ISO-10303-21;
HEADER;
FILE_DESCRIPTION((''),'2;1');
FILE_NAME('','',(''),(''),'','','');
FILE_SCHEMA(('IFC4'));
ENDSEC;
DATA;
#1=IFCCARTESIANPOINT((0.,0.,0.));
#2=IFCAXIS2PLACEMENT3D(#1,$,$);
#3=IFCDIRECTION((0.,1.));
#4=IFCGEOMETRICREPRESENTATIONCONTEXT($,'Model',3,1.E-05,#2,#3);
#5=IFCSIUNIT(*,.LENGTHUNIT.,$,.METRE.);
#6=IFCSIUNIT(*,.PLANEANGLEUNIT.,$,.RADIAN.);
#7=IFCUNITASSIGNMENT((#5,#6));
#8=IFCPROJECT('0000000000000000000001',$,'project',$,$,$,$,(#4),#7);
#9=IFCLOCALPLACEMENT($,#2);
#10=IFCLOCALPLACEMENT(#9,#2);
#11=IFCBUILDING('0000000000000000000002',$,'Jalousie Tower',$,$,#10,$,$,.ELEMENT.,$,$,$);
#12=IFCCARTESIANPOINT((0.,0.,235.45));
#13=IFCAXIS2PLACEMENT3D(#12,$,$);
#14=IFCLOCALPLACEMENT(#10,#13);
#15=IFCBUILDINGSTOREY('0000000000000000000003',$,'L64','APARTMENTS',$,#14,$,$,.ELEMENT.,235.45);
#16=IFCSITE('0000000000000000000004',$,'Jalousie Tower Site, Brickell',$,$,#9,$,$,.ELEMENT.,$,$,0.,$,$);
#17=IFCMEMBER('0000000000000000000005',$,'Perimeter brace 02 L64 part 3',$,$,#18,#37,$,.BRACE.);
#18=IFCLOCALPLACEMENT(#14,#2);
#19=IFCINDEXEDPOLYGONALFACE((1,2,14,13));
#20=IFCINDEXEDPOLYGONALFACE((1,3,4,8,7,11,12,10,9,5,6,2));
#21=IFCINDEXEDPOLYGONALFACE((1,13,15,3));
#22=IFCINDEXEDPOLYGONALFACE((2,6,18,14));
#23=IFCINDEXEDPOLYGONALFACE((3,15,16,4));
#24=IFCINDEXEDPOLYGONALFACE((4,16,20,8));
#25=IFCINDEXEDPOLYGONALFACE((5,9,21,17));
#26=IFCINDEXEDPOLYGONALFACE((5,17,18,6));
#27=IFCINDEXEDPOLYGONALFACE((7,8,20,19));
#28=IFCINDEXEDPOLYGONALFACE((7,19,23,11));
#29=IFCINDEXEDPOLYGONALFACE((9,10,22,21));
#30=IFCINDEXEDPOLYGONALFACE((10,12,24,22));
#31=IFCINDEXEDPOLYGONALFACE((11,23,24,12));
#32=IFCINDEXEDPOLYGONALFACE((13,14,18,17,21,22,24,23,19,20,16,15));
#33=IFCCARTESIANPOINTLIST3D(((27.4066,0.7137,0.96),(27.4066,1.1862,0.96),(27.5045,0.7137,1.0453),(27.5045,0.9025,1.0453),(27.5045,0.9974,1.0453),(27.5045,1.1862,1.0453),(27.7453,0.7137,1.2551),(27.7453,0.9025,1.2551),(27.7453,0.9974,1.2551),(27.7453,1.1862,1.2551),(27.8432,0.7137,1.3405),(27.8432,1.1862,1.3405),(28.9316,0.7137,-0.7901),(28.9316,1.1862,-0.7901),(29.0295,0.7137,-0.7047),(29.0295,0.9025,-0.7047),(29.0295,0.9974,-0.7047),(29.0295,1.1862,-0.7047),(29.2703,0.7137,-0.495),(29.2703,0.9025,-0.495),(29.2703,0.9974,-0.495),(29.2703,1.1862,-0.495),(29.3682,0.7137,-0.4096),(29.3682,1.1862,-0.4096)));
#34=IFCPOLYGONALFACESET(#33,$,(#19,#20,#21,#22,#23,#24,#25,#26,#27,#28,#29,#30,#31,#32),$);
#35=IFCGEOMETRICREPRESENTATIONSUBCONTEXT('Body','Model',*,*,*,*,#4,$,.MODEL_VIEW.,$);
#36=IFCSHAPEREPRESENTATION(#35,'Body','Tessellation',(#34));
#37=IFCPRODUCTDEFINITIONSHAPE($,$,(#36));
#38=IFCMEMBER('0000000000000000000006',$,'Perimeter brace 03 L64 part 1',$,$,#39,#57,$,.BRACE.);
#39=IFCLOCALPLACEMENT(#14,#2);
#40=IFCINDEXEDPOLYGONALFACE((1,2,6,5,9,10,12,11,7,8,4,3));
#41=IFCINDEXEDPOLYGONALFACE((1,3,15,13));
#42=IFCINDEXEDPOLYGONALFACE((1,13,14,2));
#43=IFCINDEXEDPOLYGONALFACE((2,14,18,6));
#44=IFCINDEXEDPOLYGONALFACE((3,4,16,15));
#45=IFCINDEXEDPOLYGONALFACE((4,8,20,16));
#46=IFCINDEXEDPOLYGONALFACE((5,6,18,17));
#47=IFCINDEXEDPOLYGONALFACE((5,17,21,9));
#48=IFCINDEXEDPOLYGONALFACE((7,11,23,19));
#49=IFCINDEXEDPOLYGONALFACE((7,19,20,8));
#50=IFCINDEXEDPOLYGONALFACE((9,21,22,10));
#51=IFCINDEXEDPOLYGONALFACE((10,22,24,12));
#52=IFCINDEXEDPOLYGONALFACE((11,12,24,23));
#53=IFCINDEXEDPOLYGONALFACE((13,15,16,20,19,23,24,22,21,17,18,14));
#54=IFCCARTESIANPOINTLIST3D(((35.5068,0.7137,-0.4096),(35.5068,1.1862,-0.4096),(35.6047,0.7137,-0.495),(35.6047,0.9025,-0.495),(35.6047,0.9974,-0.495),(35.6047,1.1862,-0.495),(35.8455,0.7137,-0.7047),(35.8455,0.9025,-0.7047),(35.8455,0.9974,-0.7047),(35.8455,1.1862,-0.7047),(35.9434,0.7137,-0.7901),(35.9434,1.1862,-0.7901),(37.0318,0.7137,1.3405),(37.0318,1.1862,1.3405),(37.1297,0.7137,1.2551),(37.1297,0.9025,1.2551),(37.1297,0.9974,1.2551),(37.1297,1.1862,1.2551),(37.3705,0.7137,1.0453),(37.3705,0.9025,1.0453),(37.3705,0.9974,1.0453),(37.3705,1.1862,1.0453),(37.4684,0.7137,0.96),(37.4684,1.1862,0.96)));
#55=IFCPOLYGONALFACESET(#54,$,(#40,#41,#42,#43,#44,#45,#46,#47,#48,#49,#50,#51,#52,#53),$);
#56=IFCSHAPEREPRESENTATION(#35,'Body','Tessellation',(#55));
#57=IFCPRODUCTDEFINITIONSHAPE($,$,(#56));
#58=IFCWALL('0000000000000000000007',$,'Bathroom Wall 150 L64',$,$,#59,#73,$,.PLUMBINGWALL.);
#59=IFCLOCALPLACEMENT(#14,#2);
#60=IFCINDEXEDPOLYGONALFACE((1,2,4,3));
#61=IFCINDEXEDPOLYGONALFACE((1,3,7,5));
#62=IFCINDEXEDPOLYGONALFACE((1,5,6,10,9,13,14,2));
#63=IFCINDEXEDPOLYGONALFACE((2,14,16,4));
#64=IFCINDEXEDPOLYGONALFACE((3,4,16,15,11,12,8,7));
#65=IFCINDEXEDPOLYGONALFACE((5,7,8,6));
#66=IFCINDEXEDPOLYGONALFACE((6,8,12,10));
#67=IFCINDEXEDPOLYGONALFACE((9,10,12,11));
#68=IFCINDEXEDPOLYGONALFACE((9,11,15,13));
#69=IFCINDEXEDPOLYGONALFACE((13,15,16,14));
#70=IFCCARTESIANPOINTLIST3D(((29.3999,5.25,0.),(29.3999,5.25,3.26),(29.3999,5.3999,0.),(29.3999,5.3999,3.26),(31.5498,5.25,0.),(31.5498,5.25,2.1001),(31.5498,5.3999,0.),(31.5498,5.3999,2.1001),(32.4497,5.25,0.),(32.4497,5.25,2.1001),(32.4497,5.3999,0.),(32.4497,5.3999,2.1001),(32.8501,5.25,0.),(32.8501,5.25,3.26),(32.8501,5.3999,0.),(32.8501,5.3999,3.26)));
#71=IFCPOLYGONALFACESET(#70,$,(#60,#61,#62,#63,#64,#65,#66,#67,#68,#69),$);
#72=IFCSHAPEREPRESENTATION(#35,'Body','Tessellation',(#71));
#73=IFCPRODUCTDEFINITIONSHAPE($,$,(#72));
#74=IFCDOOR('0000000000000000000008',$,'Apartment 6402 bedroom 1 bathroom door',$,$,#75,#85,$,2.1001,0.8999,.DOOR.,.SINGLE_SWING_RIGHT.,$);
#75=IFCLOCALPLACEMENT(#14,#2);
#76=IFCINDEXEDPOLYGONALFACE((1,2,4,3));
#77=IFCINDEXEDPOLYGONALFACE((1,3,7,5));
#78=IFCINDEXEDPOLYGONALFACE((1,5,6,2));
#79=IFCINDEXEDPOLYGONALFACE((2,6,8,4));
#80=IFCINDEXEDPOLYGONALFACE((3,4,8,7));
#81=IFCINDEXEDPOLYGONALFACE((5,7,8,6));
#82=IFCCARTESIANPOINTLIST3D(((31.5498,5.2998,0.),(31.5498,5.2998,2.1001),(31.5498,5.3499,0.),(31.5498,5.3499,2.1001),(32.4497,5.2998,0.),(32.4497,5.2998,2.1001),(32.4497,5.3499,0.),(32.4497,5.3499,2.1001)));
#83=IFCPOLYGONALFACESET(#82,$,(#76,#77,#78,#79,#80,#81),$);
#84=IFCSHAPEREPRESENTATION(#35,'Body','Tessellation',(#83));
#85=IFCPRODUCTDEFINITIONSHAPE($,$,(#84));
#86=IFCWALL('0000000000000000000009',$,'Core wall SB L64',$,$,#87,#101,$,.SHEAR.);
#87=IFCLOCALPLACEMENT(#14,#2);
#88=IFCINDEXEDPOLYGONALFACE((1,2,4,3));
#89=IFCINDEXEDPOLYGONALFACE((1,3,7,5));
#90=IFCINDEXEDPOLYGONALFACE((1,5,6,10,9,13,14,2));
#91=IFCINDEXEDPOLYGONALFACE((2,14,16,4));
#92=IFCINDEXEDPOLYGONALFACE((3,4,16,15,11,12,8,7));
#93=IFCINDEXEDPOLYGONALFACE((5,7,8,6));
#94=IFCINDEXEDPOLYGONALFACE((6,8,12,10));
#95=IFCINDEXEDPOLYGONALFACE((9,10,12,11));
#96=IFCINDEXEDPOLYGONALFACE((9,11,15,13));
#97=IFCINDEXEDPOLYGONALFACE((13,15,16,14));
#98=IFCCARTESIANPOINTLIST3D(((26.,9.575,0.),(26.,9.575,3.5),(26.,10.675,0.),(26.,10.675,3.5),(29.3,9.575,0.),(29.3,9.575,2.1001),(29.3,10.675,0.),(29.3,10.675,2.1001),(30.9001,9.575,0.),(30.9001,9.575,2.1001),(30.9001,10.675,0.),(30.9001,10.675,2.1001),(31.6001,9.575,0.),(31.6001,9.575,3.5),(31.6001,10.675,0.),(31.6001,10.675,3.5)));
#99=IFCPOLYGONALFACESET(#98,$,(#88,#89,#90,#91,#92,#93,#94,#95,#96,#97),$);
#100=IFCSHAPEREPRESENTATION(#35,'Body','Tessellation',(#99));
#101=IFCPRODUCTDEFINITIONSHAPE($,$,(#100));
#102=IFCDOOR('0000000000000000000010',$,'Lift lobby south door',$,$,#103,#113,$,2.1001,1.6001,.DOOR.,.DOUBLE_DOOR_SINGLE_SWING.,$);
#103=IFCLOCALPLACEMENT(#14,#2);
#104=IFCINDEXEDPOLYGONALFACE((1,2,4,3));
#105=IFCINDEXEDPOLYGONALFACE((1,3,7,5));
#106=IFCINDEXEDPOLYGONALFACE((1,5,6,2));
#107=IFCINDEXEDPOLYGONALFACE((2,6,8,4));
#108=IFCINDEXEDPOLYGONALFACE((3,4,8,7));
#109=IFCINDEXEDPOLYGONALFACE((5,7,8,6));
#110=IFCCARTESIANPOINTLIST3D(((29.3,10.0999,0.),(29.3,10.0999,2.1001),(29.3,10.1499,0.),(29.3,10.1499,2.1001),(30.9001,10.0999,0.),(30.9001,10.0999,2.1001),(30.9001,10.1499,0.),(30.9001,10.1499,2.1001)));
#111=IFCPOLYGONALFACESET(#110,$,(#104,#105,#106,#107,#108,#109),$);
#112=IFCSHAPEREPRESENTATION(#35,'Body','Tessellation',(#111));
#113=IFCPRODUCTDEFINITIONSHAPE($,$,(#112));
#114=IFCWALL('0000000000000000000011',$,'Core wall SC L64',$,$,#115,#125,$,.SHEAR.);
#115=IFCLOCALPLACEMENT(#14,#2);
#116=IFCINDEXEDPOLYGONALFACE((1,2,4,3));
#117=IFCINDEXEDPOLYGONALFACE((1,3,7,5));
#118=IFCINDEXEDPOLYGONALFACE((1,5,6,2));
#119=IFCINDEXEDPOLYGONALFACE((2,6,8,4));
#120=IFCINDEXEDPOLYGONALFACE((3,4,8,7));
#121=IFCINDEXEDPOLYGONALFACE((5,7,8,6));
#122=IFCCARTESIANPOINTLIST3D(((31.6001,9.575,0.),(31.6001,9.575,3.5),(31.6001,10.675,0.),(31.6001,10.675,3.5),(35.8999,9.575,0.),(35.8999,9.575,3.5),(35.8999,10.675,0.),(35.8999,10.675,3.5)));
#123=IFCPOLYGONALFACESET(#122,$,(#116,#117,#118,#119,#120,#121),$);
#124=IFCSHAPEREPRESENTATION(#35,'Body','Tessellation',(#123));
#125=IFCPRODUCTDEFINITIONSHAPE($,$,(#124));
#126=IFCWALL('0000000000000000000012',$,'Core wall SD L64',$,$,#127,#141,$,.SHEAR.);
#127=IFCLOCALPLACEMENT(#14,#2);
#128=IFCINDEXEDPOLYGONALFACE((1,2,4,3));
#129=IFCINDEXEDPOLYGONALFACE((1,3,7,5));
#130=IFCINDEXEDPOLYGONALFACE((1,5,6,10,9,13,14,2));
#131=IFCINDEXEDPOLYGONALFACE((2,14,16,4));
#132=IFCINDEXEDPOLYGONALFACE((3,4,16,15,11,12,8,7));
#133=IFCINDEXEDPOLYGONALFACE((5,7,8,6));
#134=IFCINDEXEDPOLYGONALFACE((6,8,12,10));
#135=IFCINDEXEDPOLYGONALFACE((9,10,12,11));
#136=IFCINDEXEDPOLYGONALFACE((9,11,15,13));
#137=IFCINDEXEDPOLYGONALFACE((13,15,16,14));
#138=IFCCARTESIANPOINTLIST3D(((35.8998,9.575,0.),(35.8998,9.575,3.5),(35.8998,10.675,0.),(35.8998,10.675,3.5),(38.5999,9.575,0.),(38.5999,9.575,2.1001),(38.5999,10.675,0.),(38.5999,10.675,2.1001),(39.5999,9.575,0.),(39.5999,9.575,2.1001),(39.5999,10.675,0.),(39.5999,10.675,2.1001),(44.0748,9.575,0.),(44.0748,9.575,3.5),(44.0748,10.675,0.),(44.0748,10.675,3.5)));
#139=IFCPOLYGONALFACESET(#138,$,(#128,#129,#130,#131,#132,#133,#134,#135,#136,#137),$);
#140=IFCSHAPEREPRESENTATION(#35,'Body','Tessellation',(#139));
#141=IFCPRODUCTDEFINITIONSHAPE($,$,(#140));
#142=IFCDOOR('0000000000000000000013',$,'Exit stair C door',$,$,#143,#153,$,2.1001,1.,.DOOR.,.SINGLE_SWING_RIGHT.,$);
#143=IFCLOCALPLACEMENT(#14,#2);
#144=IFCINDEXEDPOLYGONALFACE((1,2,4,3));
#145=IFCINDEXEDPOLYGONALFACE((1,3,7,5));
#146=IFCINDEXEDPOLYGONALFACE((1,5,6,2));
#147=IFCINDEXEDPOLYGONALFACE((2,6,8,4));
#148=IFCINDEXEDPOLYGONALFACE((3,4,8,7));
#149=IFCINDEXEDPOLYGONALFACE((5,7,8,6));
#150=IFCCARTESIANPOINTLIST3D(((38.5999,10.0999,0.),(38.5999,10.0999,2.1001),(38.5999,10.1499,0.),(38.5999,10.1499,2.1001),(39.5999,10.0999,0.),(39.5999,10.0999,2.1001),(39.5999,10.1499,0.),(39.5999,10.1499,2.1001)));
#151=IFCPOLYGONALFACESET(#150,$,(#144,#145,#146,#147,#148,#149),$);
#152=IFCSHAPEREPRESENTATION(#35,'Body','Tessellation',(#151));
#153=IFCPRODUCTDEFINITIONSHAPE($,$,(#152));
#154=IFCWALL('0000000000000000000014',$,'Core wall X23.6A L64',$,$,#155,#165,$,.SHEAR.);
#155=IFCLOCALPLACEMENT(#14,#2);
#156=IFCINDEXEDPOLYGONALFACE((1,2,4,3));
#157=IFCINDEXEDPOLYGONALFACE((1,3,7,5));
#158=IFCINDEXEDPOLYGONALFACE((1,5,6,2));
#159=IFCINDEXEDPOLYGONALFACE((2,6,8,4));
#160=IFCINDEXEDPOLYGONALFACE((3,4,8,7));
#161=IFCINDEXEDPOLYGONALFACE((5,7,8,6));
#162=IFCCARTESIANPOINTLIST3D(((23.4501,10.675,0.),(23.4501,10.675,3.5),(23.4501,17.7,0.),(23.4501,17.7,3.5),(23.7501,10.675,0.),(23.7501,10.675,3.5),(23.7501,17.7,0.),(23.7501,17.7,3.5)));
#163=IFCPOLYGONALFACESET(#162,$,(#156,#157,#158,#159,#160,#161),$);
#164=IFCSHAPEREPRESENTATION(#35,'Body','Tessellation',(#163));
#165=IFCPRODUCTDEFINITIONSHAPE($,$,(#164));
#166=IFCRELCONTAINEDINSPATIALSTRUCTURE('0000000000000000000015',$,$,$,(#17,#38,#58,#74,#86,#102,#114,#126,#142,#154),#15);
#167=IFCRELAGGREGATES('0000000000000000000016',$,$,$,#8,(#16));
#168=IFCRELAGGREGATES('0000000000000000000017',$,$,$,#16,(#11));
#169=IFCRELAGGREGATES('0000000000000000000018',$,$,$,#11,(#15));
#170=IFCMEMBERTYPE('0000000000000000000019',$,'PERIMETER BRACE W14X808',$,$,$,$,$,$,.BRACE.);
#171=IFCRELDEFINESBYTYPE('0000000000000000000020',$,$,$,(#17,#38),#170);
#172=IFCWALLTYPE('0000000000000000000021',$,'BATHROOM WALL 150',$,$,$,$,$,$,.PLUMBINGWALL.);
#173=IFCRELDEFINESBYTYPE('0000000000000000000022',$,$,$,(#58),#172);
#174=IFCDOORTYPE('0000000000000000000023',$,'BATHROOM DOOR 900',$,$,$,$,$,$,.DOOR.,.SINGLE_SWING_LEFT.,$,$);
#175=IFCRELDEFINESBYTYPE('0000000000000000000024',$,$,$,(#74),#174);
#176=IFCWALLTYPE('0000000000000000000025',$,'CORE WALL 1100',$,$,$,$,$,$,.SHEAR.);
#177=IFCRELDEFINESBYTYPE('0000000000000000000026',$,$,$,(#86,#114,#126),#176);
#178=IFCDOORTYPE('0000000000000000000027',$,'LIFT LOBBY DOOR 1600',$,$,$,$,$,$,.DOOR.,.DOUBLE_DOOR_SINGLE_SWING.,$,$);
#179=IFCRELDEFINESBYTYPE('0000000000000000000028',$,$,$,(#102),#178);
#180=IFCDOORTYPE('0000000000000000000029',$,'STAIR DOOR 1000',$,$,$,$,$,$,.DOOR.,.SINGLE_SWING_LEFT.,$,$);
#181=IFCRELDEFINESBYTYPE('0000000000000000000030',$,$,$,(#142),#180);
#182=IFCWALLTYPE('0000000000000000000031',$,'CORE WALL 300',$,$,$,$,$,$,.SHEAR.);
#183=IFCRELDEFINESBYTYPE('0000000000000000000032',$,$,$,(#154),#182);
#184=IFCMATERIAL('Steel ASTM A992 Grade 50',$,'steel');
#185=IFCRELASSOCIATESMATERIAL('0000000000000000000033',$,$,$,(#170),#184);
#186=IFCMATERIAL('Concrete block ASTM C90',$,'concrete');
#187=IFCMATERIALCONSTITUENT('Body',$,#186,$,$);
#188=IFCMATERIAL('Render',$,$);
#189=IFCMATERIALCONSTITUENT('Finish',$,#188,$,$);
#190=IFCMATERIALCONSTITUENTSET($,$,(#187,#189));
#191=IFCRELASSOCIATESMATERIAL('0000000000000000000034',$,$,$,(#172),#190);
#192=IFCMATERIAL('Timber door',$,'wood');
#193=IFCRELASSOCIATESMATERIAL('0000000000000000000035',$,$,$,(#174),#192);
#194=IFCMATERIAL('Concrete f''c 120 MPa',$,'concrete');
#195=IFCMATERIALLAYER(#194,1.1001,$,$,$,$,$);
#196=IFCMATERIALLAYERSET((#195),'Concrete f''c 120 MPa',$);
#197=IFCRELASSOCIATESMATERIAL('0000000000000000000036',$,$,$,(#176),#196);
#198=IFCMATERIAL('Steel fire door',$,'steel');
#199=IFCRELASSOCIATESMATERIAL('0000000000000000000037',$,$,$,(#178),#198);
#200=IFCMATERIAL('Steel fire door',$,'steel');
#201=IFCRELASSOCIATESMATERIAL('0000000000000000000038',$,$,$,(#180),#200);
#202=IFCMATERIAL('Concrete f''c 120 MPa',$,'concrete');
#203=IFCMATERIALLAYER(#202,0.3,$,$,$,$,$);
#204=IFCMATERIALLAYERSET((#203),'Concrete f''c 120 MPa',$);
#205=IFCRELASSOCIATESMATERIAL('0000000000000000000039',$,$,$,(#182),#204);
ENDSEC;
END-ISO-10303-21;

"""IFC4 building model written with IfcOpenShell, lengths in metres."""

from ifc_helpers import new_model, si_unit, direction, frame, frame_2d, origin, origin_2d, place, context, subcontext, project, spatial, rectangle, i_section, extrude, material, layer, layer_set, constituent, constituent_set, material_profile, profile_set, type_object, element, fill, save


model = new_model("IFC4")

# Units and contexts
model_context = context("Model", 3, precision=1e-05, world=origin(), true_north=direction((0.0, 1.0)))
body_context = subcontext(model_context, "Body", "Model", "MODEL_VIEW")
ifc_project = project(units=[si_unit("LENGTHUNIT", "METRE"), si_unit("PLANEANGLEUNIT", "RADIAN")], contexts=[model_context])

# Site, building, storey
site_placement = place(None, origin())
site = spatial("IfcSite", under=ifc_project, at=site_placement, Name="Jalousie Tower Site, Brickell", CompositionType="ELEMENT", RefElevation=0.0)
building_placement = place(site_placement, origin())
building = spatial("IfcBuilding", under=site, at=building_placement, Name="Jalousie Tower", CompositionType="ELEMENT")
storey_placement = place(building_placement, frame((0.0, 0.0, 235.45)))
storey = spatial("IfcBuildingStorey", under=building, at=storey_placement, Name="L64", Description="APARTMENTS", CompositionType="ELEMENT", Elevation=235.45)

# Members
ifc_material_1 = material(Name="Steel ASTM A992 Grade 50", Category="steel")
ifc_material_profile = material_profile(ifc_material_1, i_section(OverallWidth=0.4724, OverallDepth=0.5791, WebThickness=0.095, FlangeThickness=0.1299, at=origin_2d()), Name="W14X808")
ifc_profile_set = profile_set([ifc_material_profile], Name="Steel ASTM A992 Grade 50")
member_type = type_object("IfcMemberType", Name="PERIMETER BRACE W14X808", PredefinedType="BRACE", material=ifc_profile_set)
for number, where, z_axis, x_axis, name in (
    (1, (29.1499, 0.95, -0.5999), (-0.656954, 0.0, 0.75393), (0.0, -1.0, 0.0), "Perimeter brace 02 L64 part 3"),
    (2, (35.7251, 0.95, -0.5999), (0.656954, 0.0, 0.75393), (0.0, 1.0, 0.0), "Perimeter brace 03 L64 part 1"),
):
    element("IfcMember", number, at=place(storey_placement, frame(where, z_axis=z_axis, x_axis=x_axis)), inside=storey, type_object=member_type, Name=name, PredefinedType="BRACE", context=body_context, shape_type="SweptSolid", body=[
        extrude(i_section(OverallWidth=0.4724, OverallDepth=0.5791, WebThickness=0.095, FlangeThickness=0.1299, at=origin_2d()), origin(), (0.0, 0.0, 1.0), 2.3213),
    ])

# Walls, openings, doors
ifc_material_2 = material(Name="Concrete block ASTM C90", Category="concrete")
ifc_constituent_1 = constituent(ifc_material_2, Name="Body")
ifc_material_3 = material(Name="Render")
ifc_constituent_2 = constituent(ifc_material_3, Name="Finish")
ifc_constituent_set_1 = constituent_set(constituents=[ifc_constituent_1, ifc_constituent_2])
wall_type_1 = type_object("IfcWallType", Name="BATHROOM WALL 150", PredefinedType="PLUMBINGWALL", material=ifc_constituent_set_1)
wall_1_placement = place(storey_placement, frame((29.3999, 5.325, 0.0), z_axis=(0.0, 0.0, 1.0), x_axis=(1.0, 0.0, 0.0)))
wall_1 = element("IfcWall", 3, at=wall_1_placement, inside=storey, type_object=wall_type_1, Name="Bathroom Wall 150 L64", PredefinedType="PLUMBINGWALL", context=body_context, shape_type="SweptSolid", body=[
    extrude(rectangle(XDim=3.4502, YDim=0.1499, at=frame_2d((1.7251, 0.0))), origin(), (0.0, 0.0, 1.0), 3.26),
])
opening_1_placement = place(wall_1_placement, frame((2.1499, 0.0, 0.0)))
opening_1 = element("IfcOpeningElement", 4, at=opening_1_placement, cuts=wall_1, PredefinedType="OPENING", context=body_context, shape_type="SweptSolid", body=[
    extrude(rectangle(XDim=0.8999, YDim=2.1001, at=frame_2d((0.45, 1.05))), frame((0.0, 0.085, 0.0), z_axis=(0.0, -1.0, 0.0), x_axis=(1.0, 0.0, 0.0)), (0.0, 0.0, 1.0), 0.1699),
])
ifc_material_4 = material(Name="Timber door", Category="wood")
door_type_1 = type_object("IfcDoorType", Name="BATHROOM DOOR 900", OperationType="SINGLE_SWING_LEFT", PredefinedType="DOOR", material=ifc_material_4)
door_1_placement = place(opening_1_placement, origin())
door_1 = element("IfcDoor", 5, at=door_1_placement, inside=storey, type_object=door_type_1, Name="Apartment 6402 bedroom 1 bathroom door", OperationType="SINGLE_SWING_RIGHT", OverallHeight=2.1001, OverallWidth=0.8999, PredefinedType="DOOR", context=body_context, shape_type="SweptSolid", body=[
    extrude(rectangle(XDim=0.8999, YDim=2.1001, at=frame_2d((0.45, 1.05))), frame((0.0, 0.0249, 0.0), z_axis=(0.0, -1.0, 0.0), x_axis=(1.0, 0.0, 0.0)), (0.0, 0.0, 1.0), 0.05),
])
fill(opening_1, door_1)
ifc_material_5 = material(Name="Concrete f'c 120 MPa", Category="concrete")
ifc_layer_1 = layer(ifc_material_5, 1.1001)
ifc_layer_set_1 = layer_set([ifc_layer_1], Name="Concrete f'c 120 MPa")
wall_type_2 = type_object("IfcWallType", Name="CORE WALL 1100", PredefinedType="SHEAR", material=ifc_layer_set_1)
wall_2_placement = place(storey_placement, frame((26.0, 10.125, 0.0), z_axis=(0.0, 0.0, 1.0), x_axis=(1.0, 0.0, 0.0)))
wall_2 = element("IfcWall", 6, at=wall_2_placement, inside=storey, type_object=wall_type_2, Name="Core wall SB L64", PredefinedType="SHEAR", context=body_context, shape_type="SweptSolid", body=[
    extrude(rectangle(XDim=5.6001, YDim=1.1001, at=frame_2d((2.8, 0.0))), origin(), (0.0, 0.0, 1.0), 3.5),
])
opening_2_placement = place(wall_2_placement, frame((3.3, 0.0, 0.0)))
opening_2 = element("IfcOpeningElement", 7, at=opening_2_placement, cuts=wall_2, PredefinedType="OPENING", context=body_context, shape_type="SweptSolid", body=[
    extrude(rectangle(XDim=1.6001, YDim=2.1001, at=frame_2d((0.8, 1.05))), frame((0.0, 0.5601, 0.0), z_axis=(0.0, -1.0, 0.0), x_axis=(1.0, 0.0, 0.0)), (0.0, 0.0, 1.0), 1.1201),
])
ifc_material_6 = material(Name="Steel fire door", Category="steel")
door_type_2 = type_object("IfcDoorType", Name="LIFT LOBBY DOOR 1600", OperationType="DOUBLE_DOOR_SINGLE_SWING", PredefinedType="DOOR", material=ifc_material_6)
door_2_placement = place(opening_2_placement, origin())
door_2 = element("IfcDoor", 8, at=door_2_placement, inside=storey, type_object=door_type_2, Name="Lift lobby south door", OperationType="DOUBLE_DOOR_SINGLE_SWING", OverallHeight=2.1001, OverallWidth=1.6001, PredefinedType="DOOR", context=body_context, shape_type="SweptSolid", body=[
    extrude(rectangle(XDim=1.6001, YDim=2.1001, at=frame_2d((0.8, 1.05))), frame((0.0, 0.0249, 0.0), z_axis=(0.0, -1.0, 0.0), x_axis=(1.0, 0.0, 0.0)), (0.0, 0.0, 1.0), 0.05),
])
fill(opening_2, door_2)

# Wall
wall_3_placement = place(storey_placement, frame((31.6001, 10.125, 0.0), z_axis=(0.0, 0.0, 1.0), x_axis=(1.0, 0.0, 0.0)))
element("IfcWall", 9, at=wall_3_placement, inside=storey, type_object=wall_type_2, Name="Core wall SC L64", PredefinedType="SHEAR", context=body_context, shape_type="SweptSolid", body=[
    extrude(rectangle(XDim=4.2998, YDim=1.1001, at=frame_2d((2.1499, 0.0))), origin(), (0.0, 0.0, 1.0), 3.5),
])

# Wall, opening, door
wall_4_placement = place(storey_placement, frame((35.8999, 10.125, 0.0), z_axis=(0.0, 0.0, 1.0), x_axis=(1.0, 0.0, 0.0)))
wall_4 = element("IfcWall", 10, at=wall_4_placement, inside=storey, type_object=wall_type_2, Name="Core wall SD L64", PredefinedType="SHEAR", context=body_context, shape_type="SweptSolid", body=[
    extrude(rectangle(XDim=8.175, YDim=1.1001, at=frame_2d((4.0874, 0.0))), origin(), (0.0, 0.0, 1.0), 3.5),
])
opening_3_placement = place(wall_4_placement, frame((2.7, 0.0, 0.0)))
opening_3 = element("IfcOpeningElement", 11, at=opening_3_placement, cuts=wall_4, PredefinedType="OPENING", context=body_context, shape_type="SweptSolid", body=[
    extrude(rectangle(XDim=1.0, YDim=2.1001, at=frame_2d((0.5, 1.05))), frame((0.0, 0.5601, 0.0), z_axis=(0.0, -1.0, 0.0), x_axis=(1.0, 0.0, 0.0)), (0.0, 0.0, 1.0), 1.1201),
])
ifc_material_7 = material(Name="Steel fire door", Category="steel")
door_type_3 = type_object("IfcDoorType", Name="STAIR DOOR 1000", OperationType="SINGLE_SWING_LEFT", PredefinedType="DOOR", material=ifc_material_7)
door_3_placement = place(opening_3_placement, origin())
door_3 = element("IfcDoor", 12, at=door_3_placement, inside=storey, type_object=door_type_3, Name="Exit stair C door", OperationType="SINGLE_SWING_RIGHT", OverallHeight=2.1001, OverallWidth=1.0, PredefinedType="DOOR", context=body_context, shape_type="SweptSolid", body=[
    extrude(rectangle(XDim=1.0, YDim=2.1001, at=frame_2d((0.5, 1.05))), frame((0.0, 0.0249, 0.0), z_axis=(0.0, -1.0, 0.0), x_axis=(1.0, 0.0, 0.0)), (0.0, 0.0, 1.0), 0.05),
])
fill(opening_3, door_3)

# Wall
ifc_material_8 = material(Name="Concrete f'c 120 MPa", Category="concrete")
ifc_layer_2 = layer(ifc_material_8, 0.3)
ifc_layer_set_2 = layer_set([ifc_layer_2], Name="Concrete f'c 120 MPa")
wall_type_3 = type_object("IfcWallType", Name="CORE WALL 300", PredefinedType="SHEAR", material=ifc_layer_set_2)
wall_5_placement = place(storey_placement, frame((23.6001, 10.675, 0.0), z_axis=(0.0, 0.0, 1.0), x_axis=(0.0, 1.0, 0.0)))
element("IfcWall", 13, at=wall_5_placement, inside=storey, type_object=wall_type_3, Name="Core wall X23.6A L64", PredefinedType="SHEAR", context=body_context, shape_type="SweptSolid", body=[
    extrude(rectangle(XDim=7.0249, YDim=0.3, at=frame_2d((3.5125, 0.0))), origin(), (0.0, 0.0, 1.0), 3.5),
])

save(model, "model.ifc")
